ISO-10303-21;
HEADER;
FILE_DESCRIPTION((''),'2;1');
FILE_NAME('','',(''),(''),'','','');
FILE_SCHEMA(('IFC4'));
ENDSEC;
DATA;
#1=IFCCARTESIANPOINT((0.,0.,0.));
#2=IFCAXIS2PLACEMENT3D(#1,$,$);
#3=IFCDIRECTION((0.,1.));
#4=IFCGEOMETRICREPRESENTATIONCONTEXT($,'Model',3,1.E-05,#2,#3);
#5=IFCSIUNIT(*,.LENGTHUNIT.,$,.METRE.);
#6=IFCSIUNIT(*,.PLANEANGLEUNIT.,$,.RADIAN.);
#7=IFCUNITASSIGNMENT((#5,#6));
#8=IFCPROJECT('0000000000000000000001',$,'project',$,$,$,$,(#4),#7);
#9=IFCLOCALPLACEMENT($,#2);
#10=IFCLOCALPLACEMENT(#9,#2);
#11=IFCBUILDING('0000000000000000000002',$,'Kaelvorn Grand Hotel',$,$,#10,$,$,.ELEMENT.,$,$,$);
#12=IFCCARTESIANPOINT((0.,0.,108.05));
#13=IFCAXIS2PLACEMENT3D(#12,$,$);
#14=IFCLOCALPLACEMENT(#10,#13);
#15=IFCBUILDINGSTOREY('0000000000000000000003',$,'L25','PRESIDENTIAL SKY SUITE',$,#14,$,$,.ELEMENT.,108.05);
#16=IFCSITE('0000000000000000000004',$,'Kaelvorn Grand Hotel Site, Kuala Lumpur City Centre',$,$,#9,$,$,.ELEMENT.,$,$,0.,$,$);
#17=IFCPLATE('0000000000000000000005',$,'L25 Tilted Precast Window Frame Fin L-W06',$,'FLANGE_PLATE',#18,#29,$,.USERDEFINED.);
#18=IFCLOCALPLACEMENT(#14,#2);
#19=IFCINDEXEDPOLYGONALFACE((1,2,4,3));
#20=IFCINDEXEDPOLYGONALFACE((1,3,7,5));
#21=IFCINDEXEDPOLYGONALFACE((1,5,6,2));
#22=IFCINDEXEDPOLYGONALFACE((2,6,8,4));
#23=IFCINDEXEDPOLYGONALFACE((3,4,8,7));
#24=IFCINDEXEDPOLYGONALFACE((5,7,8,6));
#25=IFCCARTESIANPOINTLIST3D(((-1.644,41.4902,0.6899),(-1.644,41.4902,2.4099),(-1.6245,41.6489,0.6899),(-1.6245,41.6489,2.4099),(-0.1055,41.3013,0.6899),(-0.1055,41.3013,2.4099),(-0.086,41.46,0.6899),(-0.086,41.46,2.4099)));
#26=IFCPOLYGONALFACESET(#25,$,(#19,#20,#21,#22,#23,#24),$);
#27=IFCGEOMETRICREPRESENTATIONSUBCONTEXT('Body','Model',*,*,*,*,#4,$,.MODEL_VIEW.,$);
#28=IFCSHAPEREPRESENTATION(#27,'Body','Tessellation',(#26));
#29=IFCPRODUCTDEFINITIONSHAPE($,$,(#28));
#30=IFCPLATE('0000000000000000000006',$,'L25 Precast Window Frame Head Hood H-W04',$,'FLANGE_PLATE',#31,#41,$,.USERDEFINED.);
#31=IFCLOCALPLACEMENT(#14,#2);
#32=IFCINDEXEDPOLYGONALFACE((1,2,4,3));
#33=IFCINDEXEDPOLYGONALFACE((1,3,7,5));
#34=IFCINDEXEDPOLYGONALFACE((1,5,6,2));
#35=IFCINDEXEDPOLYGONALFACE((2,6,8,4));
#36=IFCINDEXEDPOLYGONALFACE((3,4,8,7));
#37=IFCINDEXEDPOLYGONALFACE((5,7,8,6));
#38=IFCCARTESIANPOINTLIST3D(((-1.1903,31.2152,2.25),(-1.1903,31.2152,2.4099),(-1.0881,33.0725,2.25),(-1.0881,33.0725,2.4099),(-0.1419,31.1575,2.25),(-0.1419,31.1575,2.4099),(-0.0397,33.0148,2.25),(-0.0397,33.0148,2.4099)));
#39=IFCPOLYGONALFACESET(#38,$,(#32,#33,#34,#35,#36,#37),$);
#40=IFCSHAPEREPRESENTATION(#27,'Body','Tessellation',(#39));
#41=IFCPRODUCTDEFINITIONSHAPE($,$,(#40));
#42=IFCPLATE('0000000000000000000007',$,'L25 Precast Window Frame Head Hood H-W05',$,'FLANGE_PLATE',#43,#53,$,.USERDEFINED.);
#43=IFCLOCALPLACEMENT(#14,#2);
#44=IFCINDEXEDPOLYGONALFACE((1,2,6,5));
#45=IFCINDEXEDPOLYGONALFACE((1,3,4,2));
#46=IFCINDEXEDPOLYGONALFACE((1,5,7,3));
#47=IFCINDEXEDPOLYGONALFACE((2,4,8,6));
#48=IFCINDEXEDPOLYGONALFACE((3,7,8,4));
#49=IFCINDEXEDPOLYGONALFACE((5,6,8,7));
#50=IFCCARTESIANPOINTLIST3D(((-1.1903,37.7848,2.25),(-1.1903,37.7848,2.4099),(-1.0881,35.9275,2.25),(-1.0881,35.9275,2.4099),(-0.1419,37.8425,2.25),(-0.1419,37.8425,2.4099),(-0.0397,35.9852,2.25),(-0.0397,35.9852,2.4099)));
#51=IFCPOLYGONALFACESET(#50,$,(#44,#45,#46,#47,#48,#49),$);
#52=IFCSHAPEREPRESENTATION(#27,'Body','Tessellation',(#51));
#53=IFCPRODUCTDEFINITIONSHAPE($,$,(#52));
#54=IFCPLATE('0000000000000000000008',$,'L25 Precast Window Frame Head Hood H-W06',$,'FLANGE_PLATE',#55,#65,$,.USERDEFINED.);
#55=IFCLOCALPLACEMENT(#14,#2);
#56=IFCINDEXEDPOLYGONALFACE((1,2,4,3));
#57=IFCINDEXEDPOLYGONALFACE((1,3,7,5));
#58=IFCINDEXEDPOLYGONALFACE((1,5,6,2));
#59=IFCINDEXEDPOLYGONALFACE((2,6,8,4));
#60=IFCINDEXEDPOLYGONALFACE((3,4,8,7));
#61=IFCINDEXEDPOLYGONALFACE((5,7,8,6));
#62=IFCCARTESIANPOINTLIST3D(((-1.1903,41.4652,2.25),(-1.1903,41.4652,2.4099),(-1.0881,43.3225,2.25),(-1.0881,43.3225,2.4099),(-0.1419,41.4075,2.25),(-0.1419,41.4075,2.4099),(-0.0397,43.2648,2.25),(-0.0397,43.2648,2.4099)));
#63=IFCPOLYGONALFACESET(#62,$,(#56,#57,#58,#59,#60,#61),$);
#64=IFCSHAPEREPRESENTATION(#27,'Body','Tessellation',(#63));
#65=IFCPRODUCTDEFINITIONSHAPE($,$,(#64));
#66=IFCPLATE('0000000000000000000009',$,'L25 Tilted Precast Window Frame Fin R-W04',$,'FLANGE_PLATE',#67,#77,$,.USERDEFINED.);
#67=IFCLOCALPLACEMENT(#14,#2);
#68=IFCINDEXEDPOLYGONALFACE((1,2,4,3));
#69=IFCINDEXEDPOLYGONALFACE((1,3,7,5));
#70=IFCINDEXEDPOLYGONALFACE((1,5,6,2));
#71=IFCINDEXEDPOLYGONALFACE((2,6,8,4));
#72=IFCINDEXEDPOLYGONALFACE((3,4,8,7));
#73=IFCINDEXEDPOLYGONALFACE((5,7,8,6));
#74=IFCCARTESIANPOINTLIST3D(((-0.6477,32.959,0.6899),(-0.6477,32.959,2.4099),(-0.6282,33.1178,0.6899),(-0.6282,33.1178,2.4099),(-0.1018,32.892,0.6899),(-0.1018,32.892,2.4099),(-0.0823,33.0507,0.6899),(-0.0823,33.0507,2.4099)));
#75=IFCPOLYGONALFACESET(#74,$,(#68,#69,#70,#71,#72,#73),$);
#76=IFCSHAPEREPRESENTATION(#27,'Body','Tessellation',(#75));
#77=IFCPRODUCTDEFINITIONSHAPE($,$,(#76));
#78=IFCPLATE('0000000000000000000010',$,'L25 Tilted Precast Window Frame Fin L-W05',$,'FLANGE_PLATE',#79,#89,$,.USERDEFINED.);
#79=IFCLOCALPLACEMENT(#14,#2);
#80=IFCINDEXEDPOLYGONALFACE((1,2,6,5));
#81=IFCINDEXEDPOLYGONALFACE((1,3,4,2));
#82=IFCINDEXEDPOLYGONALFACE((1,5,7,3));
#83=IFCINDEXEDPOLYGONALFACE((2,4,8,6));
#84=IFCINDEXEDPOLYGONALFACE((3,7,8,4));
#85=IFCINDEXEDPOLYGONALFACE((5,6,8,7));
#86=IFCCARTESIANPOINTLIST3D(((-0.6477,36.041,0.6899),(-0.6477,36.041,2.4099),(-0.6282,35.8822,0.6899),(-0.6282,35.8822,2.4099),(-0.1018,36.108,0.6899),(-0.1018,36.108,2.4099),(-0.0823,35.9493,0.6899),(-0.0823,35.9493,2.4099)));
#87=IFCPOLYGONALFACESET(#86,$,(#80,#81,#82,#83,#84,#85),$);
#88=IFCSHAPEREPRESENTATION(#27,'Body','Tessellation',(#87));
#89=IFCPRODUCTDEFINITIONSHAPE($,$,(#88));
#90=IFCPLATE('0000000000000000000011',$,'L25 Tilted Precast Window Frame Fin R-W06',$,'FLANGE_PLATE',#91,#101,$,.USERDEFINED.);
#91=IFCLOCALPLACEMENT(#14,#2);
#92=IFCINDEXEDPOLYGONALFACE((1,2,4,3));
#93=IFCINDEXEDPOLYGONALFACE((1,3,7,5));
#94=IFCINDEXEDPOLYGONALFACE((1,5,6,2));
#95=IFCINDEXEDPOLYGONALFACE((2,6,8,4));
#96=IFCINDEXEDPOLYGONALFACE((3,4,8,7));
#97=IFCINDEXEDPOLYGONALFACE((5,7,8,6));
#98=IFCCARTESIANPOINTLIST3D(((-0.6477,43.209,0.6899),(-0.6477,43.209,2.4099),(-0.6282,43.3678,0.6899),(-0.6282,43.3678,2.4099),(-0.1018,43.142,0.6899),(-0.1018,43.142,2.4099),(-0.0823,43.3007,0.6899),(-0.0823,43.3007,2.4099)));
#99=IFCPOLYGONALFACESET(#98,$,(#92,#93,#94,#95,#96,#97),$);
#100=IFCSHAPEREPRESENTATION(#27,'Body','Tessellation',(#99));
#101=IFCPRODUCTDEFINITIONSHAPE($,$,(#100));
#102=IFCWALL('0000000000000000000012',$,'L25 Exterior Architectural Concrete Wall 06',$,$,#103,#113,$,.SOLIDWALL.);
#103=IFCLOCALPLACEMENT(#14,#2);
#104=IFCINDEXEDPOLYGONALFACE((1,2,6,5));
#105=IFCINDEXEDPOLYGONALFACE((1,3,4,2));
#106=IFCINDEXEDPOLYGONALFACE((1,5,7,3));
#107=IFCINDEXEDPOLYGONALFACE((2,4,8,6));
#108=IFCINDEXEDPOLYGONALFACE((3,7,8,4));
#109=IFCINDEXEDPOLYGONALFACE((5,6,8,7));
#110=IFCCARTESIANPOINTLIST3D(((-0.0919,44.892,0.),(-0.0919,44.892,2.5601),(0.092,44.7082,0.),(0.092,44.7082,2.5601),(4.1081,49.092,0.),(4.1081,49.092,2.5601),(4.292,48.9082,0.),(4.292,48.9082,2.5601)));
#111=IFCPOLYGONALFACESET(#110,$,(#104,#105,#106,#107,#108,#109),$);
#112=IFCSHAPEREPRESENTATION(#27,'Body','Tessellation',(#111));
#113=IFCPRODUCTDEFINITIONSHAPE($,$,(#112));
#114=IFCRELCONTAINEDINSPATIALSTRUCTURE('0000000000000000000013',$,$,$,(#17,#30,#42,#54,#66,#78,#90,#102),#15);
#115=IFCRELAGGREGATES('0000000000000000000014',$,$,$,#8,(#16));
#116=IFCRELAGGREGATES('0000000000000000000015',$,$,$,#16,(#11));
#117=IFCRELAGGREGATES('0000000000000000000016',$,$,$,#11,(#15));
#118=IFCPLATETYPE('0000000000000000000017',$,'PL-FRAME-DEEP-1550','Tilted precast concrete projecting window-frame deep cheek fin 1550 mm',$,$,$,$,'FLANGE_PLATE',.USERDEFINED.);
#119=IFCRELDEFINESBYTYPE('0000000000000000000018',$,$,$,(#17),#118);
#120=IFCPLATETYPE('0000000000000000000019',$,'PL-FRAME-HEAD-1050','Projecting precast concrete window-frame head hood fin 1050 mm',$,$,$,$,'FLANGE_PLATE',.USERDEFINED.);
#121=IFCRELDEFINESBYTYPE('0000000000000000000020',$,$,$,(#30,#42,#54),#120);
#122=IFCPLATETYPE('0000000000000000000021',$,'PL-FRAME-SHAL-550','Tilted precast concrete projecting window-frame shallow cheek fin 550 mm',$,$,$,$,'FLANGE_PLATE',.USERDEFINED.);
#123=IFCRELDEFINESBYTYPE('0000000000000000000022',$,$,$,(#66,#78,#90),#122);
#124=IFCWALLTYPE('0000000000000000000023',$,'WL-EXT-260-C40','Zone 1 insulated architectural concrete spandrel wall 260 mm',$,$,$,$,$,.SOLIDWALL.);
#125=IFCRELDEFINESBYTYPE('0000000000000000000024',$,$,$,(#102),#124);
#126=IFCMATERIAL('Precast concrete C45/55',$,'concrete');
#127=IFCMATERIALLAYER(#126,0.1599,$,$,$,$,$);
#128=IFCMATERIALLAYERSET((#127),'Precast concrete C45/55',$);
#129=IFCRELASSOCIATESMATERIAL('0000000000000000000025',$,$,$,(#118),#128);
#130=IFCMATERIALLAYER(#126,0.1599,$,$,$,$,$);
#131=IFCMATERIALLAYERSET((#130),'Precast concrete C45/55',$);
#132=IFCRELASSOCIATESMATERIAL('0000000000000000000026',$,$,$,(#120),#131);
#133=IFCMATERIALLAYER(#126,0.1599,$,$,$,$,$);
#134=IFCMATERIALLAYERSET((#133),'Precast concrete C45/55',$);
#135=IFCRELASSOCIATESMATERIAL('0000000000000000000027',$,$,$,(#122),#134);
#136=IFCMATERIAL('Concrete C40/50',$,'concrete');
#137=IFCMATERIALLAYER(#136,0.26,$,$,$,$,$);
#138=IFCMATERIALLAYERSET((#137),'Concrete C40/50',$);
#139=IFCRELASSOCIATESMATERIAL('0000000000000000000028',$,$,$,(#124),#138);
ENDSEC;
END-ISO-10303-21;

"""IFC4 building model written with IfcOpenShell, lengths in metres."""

from ifc_helpers import new_model, si_unit, direction, frame, frame_2d, origin, origin_2d, place, context, subcontext, project, spatial, rectangle, extrude, material, layer, layer_set, type_object, element, save


model = new_model("IFC4")

# Units and contexts
model_context = context("Model", 3, precision=1e-05, world=origin(), true_north=direction((0.0, 1.0)))
body_context = subcontext(model_context, "Body", "Model", "MODEL_VIEW")
ifc_project = project(units=[si_unit("LENGTHUNIT", "METRE"), si_unit("PLANEANGLEUNIT", "RADIAN")], contexts=[model_context])

# Site, building, storey
site_placement = place(None, origin())
site = spatial("IfcSite", under=ifc_project, at=site_placement, Name="Kaelvorn Grand Hotel Site, Kuala Lumpur City Centre", CompositionType="ELEMENT", RefElevation=0.0)
building_placement = place(site_placement, origin())
building = spatial("IfcBuilding", under=site, at=building_placement, Name="Kaelvorn Grand Hotel", CompositionType="ELEMENT")
storey_placement = place(building_placement, frame((0.0, 0.0, 108.05)))
storey = spatial("IfcBuildingStorey", under=building, at=storey_placement, Name="L25", Description="PRESIDENTIAL SKY SUITE", CompositionType="ELEMENT", Elevation=108.05)

# Plates
ifc_material_1 = material(Name="Precast concrete C45/55", Category="concrete")
ifc_layer_1 = layer(ifc_material_1, 0.1599)
ifc_layer_set_1 = layer_set([ifc_layer_1], Name="Precast concrete C45/55")
plate_type_1 = type_object("IfcPlateType", Name="PL-FRAME-DEEP-1550", Description="Tilted precast concrete projecting window-frame deep cheek fin 1550 mm", ElementType="FLANGE_PLATE", PredefinedType="USERDEFINED", material=ifc_layer_set_1)
for number, where, z_axis, x_axis, name in (
    (1, (-0.865, 41.4751, 0.6899), (0.0, 0.0, 1.0), (0.121869, 0.992546, 0.0), "L25 Tilted Precast Window Frame Fin L-W06"),
):
    element("IfcPlate", number, at=place(storey_placement, frame(where, z_axis=z_axis, x_axis=x_axis)), inside=storey, type_object=plate_type_1, Name=name, ObjectType="FLANGE_PLATE", PredefinedType="USERDEFINED", context=body_context, shape_type="SweptSolid", body=[
        extrude(rectangle(XDim=0.1599, YDim=1.55, at=origin_2d()), origin(), (0.0, 0.0, 1.0), 1.72),
    ])
ifc_layer_2 = layer(ifc_material_1, 0.1599)
ifc_layer_set_2 = layer_set([ifc_layer_2], Name="Precast concrete C45/55")
plate_type_2 = type_object("IfcPlateType", Name="PL-FRAME-HEAD-1050", Description="Projecting precast concrete window-frame head hood fin 1050 mm", ElementType="FLANGE_PLATE", PredefinedType="USERDEFINED", material=ifc_layer_set_2)
for number, where, z_axis, x_axis, name in (
    (2, (-0.615, 32.115, 2.25), (0.0, 0.0, 1.0), (0.05495, 0.998489, 0.0), "L25 Precast Window Frame Head Hood H-W04"),
    (3, (-0.615, 36.885, 2.25), (0.0, 0.0, 1.0), (-0.05495, 0.998489, 0.0), "L25 Precast Window Frame Head Hood H-W05"),
    (4, (-0.615, 42.365, 2.25), (0.0, 0.0, 1.0), (0.05495, 0.998489, 0.0), "L25 Precast Window Frame Head Hood H-W06"),
):
    element("IfcPlate", number, at=place(storey_placement, frame(where, z_axis=z_axis, x_axis=x_axis)), inside=storey, type_object=plate_type_2, Name=name, ObjectType="FLANGE_PLATE", PredefinedType="USERDEFINED", context=body_context, shape_type="SweptSolid", body=[
        extrude(rectangle(XDim=1.8601, YDim=1.05, at=origin_2d()), origin(), (0.0, 0.0, 1.0), 0.1599),
    ])
ifc_layer_3 = layer(ifc_material_1, 0.1599)
ifc_layer_set_3 = layer_set([ifc_layer_3], Name="Precast concrete C45/55")
plate_type_3 = type_object("IfcPlateType", Name="PL-FRAME-SHAL-550", Description="Tilted precast concrete projecting window-frame shallow cheek fin 550 mm", ElementType="FLANGE_PLATE", PredefinedType="USERDEFINED", material=ifc_layer_set_3)
for number, where, z_axis, x_axis, name in (
    (5, (-0.365, 33.0049, 0.6899), (0.0, 0.0, 1.0), (0.121869, 0.992546, 0.0), "L25 Tilted Precast Window Frame Fin R-W04"),
    (6, (-0.365, 35.9951, 0.6899), (0.0, 0.0, 1.0), (-0.121869, 0.992546, 0.0), "L25 Tilted Precast Window Frame Fin L-W05"),
    (7, (-0.365, 43.2549, 0.6899), (0.0, 0.0, 1.0), (0.121869, 0.992546, 0.0), "L25 Tilted Precast Window Frame Fin R-W06"),
):
    element("IfcPlate", number, at=place(storey_placement, frame(where, z_axis=z_axis, x_axis=x_axis)), inside=storey, type_object=plate_type_3, Name=name, ObjectType="FLANGE_PLATE", PredefinedType="USERDEFINED", context=body_context, shape_type="SweptSolid", body=[
        extrude(rectangle(XDim=0.1599, YDim=0.55, at=origin_2d()), origin(), (0.0, 0.0, 1.0), 1.72),
    ])

# Wall
ifc_material_2 = material(Name="Concrete C40/50", Category="concrete")
ifc_layer_4 = layer(ifc_material_2, 0.26)
ifc_layer_set_4 = layer_set([ifc_layer_4], Name="Concrete C40/50")
wall_type_1 = type_object("IfcWallType", Name="WL-EXT-260-C40", Description="Zone 1 insulated architectural concrete spandrel wall 260 mm", PredefinedType="SOLIDWALL", material=ifc_layer_set_4)
wall_1_placement = place(storey_placement, frame((4.2, 49.0, 0.0), z_axis=(0.0, 0.0, 1.0), x_axis=(-0.707107, -0.707107, 0.0)))
element("IfcWall", 8, at=wall_1_placement, inside=storey, type_object=wall_type_1, Name="L25 Exterior Architectural Concrete Wall 06", PredefinedType="SOLIDWALL", context=body_context, shape_type="SweptSolid", body=[
    extrude(rectangle(XDim=5.9397, YDim=0.26, at=frame_2d((2.9697, 0.0))), origin(), (0.0, 0.0, 1.0), 2.5601),
])

save(model, "model.ifc")
